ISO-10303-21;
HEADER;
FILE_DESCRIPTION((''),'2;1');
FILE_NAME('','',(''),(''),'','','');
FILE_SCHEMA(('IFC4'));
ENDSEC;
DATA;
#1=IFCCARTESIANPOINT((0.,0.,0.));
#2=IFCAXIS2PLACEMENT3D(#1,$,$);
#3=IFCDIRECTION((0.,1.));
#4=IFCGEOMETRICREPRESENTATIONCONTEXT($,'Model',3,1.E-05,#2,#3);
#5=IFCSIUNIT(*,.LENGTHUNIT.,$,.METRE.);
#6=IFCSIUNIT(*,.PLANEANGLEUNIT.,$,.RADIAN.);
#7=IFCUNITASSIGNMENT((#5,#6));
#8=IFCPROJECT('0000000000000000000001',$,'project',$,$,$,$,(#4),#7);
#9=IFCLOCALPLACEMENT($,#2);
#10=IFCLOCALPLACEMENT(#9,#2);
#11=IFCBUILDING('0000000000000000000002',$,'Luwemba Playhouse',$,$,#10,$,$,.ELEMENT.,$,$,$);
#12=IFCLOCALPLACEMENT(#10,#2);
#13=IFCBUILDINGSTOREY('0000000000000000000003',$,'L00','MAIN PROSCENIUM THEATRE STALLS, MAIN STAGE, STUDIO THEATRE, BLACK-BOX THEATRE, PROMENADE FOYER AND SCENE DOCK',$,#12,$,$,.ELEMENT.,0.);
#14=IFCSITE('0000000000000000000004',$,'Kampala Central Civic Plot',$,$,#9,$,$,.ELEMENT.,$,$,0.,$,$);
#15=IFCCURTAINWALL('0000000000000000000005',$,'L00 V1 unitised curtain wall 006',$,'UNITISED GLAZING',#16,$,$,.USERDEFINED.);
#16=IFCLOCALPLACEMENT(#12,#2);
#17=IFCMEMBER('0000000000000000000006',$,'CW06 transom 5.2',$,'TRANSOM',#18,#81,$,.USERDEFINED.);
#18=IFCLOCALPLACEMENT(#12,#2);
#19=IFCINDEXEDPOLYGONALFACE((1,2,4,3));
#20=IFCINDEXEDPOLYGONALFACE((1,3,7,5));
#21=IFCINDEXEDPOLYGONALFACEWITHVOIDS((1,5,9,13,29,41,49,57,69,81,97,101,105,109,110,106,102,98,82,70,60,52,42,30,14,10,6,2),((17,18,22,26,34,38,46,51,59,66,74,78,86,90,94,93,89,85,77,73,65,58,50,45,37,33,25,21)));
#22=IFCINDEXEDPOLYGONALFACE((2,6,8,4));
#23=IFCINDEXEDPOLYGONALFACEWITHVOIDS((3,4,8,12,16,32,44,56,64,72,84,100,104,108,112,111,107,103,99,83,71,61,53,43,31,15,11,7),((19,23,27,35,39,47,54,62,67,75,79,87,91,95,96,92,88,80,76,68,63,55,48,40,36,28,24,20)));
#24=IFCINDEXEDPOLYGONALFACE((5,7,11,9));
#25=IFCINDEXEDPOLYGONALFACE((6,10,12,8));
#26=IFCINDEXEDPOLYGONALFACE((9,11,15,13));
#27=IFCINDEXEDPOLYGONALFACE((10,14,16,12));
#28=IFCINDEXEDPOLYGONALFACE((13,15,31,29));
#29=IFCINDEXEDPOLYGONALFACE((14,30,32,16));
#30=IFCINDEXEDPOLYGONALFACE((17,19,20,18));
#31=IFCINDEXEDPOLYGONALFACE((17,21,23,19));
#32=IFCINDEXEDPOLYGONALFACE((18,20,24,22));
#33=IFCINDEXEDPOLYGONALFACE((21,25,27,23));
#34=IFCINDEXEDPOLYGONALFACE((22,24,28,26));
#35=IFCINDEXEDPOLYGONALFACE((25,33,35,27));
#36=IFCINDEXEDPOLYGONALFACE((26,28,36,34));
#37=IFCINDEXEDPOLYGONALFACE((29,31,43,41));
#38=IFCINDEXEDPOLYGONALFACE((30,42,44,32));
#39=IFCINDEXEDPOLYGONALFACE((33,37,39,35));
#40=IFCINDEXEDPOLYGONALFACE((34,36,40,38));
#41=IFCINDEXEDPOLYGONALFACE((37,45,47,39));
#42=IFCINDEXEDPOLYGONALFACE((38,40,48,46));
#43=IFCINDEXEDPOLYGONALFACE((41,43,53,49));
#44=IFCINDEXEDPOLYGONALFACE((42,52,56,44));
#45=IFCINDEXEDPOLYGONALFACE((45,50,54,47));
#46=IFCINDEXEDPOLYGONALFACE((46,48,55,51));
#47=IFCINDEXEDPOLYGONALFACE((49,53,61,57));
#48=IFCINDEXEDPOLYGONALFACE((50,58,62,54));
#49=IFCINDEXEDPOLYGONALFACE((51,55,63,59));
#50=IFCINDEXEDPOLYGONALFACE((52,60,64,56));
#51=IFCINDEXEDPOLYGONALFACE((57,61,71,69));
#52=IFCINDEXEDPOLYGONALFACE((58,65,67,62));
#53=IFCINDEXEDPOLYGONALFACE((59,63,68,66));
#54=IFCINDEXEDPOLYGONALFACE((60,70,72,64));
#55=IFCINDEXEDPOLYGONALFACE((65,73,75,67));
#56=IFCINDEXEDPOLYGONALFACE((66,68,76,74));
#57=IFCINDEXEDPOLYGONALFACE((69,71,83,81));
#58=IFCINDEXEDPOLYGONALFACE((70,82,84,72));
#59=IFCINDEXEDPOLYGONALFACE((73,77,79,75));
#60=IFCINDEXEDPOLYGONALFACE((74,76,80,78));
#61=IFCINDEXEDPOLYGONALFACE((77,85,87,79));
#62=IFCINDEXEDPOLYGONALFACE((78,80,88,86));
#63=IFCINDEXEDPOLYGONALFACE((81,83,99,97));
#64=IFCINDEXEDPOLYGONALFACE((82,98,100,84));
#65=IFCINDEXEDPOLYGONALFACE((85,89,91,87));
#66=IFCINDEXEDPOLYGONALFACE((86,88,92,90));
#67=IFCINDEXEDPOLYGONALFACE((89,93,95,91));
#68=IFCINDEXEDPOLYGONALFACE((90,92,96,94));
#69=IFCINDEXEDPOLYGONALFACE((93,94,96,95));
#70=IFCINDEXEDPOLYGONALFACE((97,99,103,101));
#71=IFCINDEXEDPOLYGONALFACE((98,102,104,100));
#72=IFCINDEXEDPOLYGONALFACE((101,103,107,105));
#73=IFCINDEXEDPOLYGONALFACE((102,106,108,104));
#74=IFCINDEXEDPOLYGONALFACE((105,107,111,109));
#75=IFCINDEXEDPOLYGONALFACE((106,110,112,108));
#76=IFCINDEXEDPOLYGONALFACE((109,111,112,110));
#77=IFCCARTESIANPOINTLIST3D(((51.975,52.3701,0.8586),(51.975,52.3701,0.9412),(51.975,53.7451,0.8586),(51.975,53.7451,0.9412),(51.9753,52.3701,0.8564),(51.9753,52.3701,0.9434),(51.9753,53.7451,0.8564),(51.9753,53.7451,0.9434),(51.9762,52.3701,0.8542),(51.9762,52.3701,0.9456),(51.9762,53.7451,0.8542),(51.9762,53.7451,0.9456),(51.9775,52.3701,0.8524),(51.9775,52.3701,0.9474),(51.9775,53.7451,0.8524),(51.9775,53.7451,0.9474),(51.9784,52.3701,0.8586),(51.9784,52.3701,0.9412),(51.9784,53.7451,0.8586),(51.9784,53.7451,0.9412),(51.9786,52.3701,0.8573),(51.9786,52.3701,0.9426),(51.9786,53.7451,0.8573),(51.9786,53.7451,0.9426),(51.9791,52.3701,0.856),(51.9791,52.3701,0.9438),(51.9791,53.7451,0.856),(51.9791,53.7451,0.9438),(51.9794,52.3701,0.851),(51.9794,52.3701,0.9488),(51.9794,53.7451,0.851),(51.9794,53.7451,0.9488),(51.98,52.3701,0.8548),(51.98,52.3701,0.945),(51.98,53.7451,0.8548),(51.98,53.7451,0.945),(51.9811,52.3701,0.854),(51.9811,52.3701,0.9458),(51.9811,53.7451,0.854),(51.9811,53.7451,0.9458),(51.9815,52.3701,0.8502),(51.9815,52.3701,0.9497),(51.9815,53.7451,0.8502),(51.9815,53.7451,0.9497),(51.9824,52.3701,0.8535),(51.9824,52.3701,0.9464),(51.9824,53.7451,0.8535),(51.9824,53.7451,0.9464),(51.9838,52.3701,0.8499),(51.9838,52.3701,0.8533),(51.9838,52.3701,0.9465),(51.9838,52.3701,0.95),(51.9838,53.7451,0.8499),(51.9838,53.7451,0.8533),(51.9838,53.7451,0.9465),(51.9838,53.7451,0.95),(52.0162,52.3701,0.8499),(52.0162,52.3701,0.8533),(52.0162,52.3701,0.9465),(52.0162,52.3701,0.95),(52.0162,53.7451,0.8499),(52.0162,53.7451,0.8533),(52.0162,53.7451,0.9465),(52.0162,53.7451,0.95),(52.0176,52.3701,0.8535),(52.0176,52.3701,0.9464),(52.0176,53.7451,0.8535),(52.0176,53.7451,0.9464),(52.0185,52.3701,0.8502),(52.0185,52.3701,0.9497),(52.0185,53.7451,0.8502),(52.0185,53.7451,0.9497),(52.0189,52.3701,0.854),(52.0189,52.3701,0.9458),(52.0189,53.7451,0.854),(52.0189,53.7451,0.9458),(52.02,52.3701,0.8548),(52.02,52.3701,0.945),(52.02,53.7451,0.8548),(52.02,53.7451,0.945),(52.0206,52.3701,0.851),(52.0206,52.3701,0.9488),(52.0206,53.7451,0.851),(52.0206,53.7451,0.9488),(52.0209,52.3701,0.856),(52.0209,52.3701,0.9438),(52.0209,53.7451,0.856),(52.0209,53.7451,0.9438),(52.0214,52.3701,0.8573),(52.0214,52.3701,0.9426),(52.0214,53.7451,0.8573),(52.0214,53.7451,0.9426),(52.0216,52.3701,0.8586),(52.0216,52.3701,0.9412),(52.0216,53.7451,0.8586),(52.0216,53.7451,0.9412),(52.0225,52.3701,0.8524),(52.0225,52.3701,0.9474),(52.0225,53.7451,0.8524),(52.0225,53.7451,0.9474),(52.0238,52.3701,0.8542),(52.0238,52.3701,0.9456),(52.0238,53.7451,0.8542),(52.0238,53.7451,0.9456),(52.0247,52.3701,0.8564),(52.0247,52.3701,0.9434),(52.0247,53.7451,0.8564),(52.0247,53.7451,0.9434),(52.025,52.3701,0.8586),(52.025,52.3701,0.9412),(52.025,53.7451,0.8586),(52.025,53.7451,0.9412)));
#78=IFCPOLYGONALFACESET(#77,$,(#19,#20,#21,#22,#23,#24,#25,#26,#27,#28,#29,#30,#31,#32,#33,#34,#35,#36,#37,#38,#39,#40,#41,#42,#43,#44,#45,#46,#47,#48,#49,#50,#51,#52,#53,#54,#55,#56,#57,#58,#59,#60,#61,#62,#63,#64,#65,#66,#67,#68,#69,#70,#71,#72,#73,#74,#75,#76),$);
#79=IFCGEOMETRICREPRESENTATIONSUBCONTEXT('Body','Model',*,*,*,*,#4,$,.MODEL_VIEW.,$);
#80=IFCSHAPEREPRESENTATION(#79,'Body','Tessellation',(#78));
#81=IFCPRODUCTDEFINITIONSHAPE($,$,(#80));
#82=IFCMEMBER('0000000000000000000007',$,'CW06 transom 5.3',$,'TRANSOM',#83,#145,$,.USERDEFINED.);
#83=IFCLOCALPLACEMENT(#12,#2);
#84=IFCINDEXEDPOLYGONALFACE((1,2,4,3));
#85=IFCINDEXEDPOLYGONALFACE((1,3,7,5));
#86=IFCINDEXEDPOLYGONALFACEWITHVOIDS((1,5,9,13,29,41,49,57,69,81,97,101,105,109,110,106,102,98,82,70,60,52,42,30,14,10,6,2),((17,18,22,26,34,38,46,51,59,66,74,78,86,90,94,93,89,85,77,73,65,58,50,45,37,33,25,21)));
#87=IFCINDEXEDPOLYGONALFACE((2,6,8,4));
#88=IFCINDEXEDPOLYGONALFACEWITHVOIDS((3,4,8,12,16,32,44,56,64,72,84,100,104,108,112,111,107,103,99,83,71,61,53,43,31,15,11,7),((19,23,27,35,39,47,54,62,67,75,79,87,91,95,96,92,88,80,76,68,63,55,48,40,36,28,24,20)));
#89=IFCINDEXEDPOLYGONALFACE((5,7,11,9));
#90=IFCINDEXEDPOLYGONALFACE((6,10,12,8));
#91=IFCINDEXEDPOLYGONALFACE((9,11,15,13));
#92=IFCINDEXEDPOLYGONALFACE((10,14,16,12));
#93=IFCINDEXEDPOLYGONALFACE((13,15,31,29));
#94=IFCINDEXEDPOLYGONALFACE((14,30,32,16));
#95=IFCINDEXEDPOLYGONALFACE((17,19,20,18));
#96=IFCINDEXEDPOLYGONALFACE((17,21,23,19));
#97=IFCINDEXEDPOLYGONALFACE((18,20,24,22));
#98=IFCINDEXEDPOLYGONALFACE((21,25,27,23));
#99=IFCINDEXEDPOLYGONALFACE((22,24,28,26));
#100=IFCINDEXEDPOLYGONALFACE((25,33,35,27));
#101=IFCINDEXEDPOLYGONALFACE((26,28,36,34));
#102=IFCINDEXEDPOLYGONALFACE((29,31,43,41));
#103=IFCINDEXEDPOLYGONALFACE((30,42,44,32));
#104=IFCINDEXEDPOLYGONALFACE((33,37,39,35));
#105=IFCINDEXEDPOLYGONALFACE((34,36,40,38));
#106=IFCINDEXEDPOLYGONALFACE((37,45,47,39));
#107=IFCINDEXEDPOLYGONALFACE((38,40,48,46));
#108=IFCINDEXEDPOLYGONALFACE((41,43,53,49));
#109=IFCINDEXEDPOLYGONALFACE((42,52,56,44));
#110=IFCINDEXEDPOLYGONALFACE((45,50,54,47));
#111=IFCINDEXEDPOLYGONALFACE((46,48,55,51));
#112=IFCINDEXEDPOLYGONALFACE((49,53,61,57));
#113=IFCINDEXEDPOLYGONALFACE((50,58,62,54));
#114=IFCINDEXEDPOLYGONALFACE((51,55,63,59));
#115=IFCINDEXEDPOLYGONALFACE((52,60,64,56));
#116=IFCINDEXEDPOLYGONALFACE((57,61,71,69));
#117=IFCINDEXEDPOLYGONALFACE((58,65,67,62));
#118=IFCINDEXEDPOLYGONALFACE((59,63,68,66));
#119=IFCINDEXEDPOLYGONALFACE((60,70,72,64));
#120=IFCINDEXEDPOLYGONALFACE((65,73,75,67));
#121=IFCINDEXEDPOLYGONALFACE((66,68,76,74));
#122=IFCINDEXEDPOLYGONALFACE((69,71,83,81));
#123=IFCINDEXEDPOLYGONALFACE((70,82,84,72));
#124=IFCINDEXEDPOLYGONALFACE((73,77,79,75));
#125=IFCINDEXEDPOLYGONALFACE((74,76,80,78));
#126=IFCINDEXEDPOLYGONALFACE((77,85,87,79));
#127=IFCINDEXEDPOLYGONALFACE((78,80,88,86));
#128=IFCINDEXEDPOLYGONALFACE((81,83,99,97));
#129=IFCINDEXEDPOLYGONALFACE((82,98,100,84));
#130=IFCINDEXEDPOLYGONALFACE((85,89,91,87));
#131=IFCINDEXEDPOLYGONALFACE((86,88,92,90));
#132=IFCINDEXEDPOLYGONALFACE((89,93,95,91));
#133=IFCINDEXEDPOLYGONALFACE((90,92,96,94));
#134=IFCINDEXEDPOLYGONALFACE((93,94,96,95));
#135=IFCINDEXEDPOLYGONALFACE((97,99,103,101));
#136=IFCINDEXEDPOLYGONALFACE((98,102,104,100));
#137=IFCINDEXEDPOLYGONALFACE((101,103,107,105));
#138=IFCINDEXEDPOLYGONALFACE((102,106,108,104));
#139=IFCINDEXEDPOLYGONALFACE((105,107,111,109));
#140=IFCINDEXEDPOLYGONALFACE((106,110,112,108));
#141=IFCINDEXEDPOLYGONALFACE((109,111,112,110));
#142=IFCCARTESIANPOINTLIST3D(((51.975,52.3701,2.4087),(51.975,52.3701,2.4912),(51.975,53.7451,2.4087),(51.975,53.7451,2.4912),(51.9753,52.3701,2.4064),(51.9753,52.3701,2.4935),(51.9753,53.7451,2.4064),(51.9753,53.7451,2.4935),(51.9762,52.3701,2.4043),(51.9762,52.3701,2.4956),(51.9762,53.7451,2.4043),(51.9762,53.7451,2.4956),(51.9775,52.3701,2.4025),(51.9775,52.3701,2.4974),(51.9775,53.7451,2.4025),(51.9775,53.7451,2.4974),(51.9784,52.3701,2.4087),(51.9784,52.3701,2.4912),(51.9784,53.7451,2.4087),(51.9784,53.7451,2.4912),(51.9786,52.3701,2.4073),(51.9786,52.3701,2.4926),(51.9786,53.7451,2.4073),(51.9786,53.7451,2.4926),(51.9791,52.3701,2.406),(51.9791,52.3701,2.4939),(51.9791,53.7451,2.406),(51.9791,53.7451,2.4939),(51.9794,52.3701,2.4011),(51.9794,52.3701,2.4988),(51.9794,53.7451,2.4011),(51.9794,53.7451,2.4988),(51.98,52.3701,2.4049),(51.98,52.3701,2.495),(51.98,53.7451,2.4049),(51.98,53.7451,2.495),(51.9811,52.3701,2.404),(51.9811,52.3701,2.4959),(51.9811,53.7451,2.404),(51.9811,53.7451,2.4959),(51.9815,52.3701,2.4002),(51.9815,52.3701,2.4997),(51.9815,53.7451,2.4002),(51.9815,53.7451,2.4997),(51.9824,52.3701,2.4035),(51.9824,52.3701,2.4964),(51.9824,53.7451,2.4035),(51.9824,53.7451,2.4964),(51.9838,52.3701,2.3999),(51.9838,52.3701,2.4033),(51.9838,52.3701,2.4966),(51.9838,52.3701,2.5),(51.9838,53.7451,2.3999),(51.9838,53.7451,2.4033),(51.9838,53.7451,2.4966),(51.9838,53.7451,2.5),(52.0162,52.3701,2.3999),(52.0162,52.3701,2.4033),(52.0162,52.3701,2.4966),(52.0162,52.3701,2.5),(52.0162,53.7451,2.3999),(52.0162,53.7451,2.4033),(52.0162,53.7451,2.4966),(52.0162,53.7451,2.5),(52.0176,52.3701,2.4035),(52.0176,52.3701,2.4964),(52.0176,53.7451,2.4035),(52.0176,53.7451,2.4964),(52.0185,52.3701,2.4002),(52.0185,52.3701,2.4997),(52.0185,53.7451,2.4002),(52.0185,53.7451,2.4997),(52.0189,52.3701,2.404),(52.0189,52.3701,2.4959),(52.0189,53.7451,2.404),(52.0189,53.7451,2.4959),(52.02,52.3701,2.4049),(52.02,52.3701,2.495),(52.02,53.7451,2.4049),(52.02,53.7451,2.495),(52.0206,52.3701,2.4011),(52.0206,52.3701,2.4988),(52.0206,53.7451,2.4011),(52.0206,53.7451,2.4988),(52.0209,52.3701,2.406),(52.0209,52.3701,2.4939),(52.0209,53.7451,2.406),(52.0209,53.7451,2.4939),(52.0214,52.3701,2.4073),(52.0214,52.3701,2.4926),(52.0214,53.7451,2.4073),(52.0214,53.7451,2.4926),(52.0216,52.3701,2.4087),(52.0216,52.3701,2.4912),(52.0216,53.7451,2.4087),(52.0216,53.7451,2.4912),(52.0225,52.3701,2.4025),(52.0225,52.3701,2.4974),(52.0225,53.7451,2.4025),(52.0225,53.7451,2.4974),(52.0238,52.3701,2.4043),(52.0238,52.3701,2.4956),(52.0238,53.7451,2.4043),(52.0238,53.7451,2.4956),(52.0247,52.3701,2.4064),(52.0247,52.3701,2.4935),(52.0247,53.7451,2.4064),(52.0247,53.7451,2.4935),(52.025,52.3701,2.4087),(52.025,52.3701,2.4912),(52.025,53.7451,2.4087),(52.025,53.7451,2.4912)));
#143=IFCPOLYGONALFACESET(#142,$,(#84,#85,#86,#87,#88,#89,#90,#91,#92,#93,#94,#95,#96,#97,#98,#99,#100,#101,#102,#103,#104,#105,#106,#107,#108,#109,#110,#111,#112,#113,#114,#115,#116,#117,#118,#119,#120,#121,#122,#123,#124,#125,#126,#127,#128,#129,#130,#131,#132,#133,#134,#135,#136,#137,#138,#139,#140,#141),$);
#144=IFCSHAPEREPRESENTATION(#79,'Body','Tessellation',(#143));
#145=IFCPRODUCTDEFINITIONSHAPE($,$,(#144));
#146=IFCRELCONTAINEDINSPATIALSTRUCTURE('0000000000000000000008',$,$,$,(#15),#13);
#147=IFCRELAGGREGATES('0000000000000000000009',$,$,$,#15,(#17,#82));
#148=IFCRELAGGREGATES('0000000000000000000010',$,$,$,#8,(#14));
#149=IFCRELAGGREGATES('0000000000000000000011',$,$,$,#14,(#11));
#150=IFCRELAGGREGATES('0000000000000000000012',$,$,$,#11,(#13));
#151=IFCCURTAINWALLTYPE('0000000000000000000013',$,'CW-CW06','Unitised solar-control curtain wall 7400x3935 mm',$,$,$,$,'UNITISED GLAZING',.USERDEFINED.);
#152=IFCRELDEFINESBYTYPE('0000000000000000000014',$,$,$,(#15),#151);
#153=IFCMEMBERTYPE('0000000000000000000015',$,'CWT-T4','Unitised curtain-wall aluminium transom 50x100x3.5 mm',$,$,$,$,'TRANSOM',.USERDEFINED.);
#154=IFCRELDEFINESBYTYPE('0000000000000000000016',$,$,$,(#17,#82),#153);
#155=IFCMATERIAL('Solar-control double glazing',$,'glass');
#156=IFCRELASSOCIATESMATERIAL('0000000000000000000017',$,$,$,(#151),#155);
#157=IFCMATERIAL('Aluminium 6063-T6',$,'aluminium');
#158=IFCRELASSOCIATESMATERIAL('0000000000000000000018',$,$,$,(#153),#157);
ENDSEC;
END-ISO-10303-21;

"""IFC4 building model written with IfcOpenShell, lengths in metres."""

from ifc_helpers import new_model, si_unit, direction, frame, origin, origin_2d, place, context, subcontext, project, spatial, hollow_rectangle, extrude, material, material_profile, profile_set, type_object, element, aggregate, save


model = new_model("IFC4")

# Units and contexts
model_context = context("Model", 3, precision=1e-05, world=origin(), true_north=direction((0.0, 1.0)))
body_context = subcontext(model_context, "Body", "Model", "MODEL_VIEW")
ifc_project = project(units=[si_unit("LENGTHUNIT", "METRE"), si_unit("PLANEANGLEUNIT", "RADIAN")], contexts=[model_context])

# Site, building, storey
site_placement = place(None, origin())
site = spatial("IfcSite", under=ifc_project, at=site_placement, Name="Kampala Central Civic Plot", CompositionType="ELEMENT", RefElevation=0.0)
building_placement = place(site_placement, origin())
building = spatial("IfcBuilding", under=site, at=building_placement, Name="Luwemba Playhouse", CompositionType="ELEMENT")
storey_placement = place(building_placement, origin())
storey = spatial("IfcBuildingStorey", under=building, at=storey_placement, Name="L00", Description="MAIN PROSCENIUM THEATRE STALLS, MAIN STAGE, STUDIO THEATRE, BLACK-BOX THEATRE, PROMENADE FOYER AND SCENE DOCK", CompositionType="ELEMENT", Elevation=0.0)

# Curtain wall, members
ifc_material_1 = material(Name="Solar-control double glazing", Category="glass")
curtain_wall_type = type_object("IfcCurtainWallType", Name="CW-CW06", Description="Unitised solar-control curtain wall 7400x3935 mm", ElementType="UNITISED GLAZING", PredefinedType="USERDEFINED", material=ifc_material_1)
curtain_wall_placement = place(storey_placement, origin())
curtain_wall = element("IfcCurtainWall", 1, at=curtain_wall_placement, inside=storey, type_object=curtain_wall_type, Name="L00 V1 unitised curtain wall 006", ObjectType="UNITISED GLAZING", PredefinedType="USERDEFINED")
ifc_material_2 = material(Name="Aluminium 6063-T6", Category="aluminium")
ifc_material_profile_1 = material_profile(ifc_material_2, hollow_rectangle(XDim=0.05, YDim=0.1001, WallThickness=0.0034, InnerFilletRadius=0.0054, OuterFilletRadius=0.0088, at=origin_2d()))
ifc_profile_set_1 = profile_set([ifc_material_profile_1], Name="Aluminium 6063-T6")
member_type_1 = type_object("IfcMemberType", Name="CWT-T4", Description="Unitised curtain-wall aluminium transom 50x100x3.5 mm", ElementType="TRANSOM", PredefinedType="USERDEFINED", material=ifc_profile_set_1)
member_1_placement = place(storey_placement, frame((52.0, 53.7451, 0.8999), z_axis=(0.0, -1.0, 0.0), x_axis=(1.0, 0.0, 0.0)))
member_1 = element("IfcMember", 2, at=member_1_placement, type_object=member_type_1, Name="CW06 transom 5.2", ObjectType="TRANSOM", PredefinedType="USERDEFINED", context=body_context, shape_type="SweptSolid", body=[
    extrude(hollow_rectangle(XDim=0.05, YDim=0.1001, WallThickness=0.0034, InnerFilletRadius=0.0054, OuterFilletRadius=0.0088, at=origin_2d()), origin(), (0.0, 0.0, 1.0), 1.375),
])
member_2_placement = place(storey_placement, frame((52.0, 53.7451, 2.45), z_axis=(0.0, -1.0, 0.0), x_axis=(1.0, 0.0, 0.0)))
member_2 = element("IfcMember", 3, at=member_2_placement, type_object=member_type_1, Name="CW06 transom 5.3", ObjectType="TRANSOM", PredefinedType="USERDEFINED", context=body_context, shape_type="SweptSolid", body=[
    extrude(hollow_rectangle(XDim=0.05, YDim=0.1001, WallThickness=0.0034, InnerFilletRadius=0.0054, OuterFilletRadius=0.0088, at=origin_2d()), origin(), (0.0, 0.0, 1.0), 1.375),
])
aggregate(curtain_wall, [member_1, member_2])

save(model, "model.ifc")
